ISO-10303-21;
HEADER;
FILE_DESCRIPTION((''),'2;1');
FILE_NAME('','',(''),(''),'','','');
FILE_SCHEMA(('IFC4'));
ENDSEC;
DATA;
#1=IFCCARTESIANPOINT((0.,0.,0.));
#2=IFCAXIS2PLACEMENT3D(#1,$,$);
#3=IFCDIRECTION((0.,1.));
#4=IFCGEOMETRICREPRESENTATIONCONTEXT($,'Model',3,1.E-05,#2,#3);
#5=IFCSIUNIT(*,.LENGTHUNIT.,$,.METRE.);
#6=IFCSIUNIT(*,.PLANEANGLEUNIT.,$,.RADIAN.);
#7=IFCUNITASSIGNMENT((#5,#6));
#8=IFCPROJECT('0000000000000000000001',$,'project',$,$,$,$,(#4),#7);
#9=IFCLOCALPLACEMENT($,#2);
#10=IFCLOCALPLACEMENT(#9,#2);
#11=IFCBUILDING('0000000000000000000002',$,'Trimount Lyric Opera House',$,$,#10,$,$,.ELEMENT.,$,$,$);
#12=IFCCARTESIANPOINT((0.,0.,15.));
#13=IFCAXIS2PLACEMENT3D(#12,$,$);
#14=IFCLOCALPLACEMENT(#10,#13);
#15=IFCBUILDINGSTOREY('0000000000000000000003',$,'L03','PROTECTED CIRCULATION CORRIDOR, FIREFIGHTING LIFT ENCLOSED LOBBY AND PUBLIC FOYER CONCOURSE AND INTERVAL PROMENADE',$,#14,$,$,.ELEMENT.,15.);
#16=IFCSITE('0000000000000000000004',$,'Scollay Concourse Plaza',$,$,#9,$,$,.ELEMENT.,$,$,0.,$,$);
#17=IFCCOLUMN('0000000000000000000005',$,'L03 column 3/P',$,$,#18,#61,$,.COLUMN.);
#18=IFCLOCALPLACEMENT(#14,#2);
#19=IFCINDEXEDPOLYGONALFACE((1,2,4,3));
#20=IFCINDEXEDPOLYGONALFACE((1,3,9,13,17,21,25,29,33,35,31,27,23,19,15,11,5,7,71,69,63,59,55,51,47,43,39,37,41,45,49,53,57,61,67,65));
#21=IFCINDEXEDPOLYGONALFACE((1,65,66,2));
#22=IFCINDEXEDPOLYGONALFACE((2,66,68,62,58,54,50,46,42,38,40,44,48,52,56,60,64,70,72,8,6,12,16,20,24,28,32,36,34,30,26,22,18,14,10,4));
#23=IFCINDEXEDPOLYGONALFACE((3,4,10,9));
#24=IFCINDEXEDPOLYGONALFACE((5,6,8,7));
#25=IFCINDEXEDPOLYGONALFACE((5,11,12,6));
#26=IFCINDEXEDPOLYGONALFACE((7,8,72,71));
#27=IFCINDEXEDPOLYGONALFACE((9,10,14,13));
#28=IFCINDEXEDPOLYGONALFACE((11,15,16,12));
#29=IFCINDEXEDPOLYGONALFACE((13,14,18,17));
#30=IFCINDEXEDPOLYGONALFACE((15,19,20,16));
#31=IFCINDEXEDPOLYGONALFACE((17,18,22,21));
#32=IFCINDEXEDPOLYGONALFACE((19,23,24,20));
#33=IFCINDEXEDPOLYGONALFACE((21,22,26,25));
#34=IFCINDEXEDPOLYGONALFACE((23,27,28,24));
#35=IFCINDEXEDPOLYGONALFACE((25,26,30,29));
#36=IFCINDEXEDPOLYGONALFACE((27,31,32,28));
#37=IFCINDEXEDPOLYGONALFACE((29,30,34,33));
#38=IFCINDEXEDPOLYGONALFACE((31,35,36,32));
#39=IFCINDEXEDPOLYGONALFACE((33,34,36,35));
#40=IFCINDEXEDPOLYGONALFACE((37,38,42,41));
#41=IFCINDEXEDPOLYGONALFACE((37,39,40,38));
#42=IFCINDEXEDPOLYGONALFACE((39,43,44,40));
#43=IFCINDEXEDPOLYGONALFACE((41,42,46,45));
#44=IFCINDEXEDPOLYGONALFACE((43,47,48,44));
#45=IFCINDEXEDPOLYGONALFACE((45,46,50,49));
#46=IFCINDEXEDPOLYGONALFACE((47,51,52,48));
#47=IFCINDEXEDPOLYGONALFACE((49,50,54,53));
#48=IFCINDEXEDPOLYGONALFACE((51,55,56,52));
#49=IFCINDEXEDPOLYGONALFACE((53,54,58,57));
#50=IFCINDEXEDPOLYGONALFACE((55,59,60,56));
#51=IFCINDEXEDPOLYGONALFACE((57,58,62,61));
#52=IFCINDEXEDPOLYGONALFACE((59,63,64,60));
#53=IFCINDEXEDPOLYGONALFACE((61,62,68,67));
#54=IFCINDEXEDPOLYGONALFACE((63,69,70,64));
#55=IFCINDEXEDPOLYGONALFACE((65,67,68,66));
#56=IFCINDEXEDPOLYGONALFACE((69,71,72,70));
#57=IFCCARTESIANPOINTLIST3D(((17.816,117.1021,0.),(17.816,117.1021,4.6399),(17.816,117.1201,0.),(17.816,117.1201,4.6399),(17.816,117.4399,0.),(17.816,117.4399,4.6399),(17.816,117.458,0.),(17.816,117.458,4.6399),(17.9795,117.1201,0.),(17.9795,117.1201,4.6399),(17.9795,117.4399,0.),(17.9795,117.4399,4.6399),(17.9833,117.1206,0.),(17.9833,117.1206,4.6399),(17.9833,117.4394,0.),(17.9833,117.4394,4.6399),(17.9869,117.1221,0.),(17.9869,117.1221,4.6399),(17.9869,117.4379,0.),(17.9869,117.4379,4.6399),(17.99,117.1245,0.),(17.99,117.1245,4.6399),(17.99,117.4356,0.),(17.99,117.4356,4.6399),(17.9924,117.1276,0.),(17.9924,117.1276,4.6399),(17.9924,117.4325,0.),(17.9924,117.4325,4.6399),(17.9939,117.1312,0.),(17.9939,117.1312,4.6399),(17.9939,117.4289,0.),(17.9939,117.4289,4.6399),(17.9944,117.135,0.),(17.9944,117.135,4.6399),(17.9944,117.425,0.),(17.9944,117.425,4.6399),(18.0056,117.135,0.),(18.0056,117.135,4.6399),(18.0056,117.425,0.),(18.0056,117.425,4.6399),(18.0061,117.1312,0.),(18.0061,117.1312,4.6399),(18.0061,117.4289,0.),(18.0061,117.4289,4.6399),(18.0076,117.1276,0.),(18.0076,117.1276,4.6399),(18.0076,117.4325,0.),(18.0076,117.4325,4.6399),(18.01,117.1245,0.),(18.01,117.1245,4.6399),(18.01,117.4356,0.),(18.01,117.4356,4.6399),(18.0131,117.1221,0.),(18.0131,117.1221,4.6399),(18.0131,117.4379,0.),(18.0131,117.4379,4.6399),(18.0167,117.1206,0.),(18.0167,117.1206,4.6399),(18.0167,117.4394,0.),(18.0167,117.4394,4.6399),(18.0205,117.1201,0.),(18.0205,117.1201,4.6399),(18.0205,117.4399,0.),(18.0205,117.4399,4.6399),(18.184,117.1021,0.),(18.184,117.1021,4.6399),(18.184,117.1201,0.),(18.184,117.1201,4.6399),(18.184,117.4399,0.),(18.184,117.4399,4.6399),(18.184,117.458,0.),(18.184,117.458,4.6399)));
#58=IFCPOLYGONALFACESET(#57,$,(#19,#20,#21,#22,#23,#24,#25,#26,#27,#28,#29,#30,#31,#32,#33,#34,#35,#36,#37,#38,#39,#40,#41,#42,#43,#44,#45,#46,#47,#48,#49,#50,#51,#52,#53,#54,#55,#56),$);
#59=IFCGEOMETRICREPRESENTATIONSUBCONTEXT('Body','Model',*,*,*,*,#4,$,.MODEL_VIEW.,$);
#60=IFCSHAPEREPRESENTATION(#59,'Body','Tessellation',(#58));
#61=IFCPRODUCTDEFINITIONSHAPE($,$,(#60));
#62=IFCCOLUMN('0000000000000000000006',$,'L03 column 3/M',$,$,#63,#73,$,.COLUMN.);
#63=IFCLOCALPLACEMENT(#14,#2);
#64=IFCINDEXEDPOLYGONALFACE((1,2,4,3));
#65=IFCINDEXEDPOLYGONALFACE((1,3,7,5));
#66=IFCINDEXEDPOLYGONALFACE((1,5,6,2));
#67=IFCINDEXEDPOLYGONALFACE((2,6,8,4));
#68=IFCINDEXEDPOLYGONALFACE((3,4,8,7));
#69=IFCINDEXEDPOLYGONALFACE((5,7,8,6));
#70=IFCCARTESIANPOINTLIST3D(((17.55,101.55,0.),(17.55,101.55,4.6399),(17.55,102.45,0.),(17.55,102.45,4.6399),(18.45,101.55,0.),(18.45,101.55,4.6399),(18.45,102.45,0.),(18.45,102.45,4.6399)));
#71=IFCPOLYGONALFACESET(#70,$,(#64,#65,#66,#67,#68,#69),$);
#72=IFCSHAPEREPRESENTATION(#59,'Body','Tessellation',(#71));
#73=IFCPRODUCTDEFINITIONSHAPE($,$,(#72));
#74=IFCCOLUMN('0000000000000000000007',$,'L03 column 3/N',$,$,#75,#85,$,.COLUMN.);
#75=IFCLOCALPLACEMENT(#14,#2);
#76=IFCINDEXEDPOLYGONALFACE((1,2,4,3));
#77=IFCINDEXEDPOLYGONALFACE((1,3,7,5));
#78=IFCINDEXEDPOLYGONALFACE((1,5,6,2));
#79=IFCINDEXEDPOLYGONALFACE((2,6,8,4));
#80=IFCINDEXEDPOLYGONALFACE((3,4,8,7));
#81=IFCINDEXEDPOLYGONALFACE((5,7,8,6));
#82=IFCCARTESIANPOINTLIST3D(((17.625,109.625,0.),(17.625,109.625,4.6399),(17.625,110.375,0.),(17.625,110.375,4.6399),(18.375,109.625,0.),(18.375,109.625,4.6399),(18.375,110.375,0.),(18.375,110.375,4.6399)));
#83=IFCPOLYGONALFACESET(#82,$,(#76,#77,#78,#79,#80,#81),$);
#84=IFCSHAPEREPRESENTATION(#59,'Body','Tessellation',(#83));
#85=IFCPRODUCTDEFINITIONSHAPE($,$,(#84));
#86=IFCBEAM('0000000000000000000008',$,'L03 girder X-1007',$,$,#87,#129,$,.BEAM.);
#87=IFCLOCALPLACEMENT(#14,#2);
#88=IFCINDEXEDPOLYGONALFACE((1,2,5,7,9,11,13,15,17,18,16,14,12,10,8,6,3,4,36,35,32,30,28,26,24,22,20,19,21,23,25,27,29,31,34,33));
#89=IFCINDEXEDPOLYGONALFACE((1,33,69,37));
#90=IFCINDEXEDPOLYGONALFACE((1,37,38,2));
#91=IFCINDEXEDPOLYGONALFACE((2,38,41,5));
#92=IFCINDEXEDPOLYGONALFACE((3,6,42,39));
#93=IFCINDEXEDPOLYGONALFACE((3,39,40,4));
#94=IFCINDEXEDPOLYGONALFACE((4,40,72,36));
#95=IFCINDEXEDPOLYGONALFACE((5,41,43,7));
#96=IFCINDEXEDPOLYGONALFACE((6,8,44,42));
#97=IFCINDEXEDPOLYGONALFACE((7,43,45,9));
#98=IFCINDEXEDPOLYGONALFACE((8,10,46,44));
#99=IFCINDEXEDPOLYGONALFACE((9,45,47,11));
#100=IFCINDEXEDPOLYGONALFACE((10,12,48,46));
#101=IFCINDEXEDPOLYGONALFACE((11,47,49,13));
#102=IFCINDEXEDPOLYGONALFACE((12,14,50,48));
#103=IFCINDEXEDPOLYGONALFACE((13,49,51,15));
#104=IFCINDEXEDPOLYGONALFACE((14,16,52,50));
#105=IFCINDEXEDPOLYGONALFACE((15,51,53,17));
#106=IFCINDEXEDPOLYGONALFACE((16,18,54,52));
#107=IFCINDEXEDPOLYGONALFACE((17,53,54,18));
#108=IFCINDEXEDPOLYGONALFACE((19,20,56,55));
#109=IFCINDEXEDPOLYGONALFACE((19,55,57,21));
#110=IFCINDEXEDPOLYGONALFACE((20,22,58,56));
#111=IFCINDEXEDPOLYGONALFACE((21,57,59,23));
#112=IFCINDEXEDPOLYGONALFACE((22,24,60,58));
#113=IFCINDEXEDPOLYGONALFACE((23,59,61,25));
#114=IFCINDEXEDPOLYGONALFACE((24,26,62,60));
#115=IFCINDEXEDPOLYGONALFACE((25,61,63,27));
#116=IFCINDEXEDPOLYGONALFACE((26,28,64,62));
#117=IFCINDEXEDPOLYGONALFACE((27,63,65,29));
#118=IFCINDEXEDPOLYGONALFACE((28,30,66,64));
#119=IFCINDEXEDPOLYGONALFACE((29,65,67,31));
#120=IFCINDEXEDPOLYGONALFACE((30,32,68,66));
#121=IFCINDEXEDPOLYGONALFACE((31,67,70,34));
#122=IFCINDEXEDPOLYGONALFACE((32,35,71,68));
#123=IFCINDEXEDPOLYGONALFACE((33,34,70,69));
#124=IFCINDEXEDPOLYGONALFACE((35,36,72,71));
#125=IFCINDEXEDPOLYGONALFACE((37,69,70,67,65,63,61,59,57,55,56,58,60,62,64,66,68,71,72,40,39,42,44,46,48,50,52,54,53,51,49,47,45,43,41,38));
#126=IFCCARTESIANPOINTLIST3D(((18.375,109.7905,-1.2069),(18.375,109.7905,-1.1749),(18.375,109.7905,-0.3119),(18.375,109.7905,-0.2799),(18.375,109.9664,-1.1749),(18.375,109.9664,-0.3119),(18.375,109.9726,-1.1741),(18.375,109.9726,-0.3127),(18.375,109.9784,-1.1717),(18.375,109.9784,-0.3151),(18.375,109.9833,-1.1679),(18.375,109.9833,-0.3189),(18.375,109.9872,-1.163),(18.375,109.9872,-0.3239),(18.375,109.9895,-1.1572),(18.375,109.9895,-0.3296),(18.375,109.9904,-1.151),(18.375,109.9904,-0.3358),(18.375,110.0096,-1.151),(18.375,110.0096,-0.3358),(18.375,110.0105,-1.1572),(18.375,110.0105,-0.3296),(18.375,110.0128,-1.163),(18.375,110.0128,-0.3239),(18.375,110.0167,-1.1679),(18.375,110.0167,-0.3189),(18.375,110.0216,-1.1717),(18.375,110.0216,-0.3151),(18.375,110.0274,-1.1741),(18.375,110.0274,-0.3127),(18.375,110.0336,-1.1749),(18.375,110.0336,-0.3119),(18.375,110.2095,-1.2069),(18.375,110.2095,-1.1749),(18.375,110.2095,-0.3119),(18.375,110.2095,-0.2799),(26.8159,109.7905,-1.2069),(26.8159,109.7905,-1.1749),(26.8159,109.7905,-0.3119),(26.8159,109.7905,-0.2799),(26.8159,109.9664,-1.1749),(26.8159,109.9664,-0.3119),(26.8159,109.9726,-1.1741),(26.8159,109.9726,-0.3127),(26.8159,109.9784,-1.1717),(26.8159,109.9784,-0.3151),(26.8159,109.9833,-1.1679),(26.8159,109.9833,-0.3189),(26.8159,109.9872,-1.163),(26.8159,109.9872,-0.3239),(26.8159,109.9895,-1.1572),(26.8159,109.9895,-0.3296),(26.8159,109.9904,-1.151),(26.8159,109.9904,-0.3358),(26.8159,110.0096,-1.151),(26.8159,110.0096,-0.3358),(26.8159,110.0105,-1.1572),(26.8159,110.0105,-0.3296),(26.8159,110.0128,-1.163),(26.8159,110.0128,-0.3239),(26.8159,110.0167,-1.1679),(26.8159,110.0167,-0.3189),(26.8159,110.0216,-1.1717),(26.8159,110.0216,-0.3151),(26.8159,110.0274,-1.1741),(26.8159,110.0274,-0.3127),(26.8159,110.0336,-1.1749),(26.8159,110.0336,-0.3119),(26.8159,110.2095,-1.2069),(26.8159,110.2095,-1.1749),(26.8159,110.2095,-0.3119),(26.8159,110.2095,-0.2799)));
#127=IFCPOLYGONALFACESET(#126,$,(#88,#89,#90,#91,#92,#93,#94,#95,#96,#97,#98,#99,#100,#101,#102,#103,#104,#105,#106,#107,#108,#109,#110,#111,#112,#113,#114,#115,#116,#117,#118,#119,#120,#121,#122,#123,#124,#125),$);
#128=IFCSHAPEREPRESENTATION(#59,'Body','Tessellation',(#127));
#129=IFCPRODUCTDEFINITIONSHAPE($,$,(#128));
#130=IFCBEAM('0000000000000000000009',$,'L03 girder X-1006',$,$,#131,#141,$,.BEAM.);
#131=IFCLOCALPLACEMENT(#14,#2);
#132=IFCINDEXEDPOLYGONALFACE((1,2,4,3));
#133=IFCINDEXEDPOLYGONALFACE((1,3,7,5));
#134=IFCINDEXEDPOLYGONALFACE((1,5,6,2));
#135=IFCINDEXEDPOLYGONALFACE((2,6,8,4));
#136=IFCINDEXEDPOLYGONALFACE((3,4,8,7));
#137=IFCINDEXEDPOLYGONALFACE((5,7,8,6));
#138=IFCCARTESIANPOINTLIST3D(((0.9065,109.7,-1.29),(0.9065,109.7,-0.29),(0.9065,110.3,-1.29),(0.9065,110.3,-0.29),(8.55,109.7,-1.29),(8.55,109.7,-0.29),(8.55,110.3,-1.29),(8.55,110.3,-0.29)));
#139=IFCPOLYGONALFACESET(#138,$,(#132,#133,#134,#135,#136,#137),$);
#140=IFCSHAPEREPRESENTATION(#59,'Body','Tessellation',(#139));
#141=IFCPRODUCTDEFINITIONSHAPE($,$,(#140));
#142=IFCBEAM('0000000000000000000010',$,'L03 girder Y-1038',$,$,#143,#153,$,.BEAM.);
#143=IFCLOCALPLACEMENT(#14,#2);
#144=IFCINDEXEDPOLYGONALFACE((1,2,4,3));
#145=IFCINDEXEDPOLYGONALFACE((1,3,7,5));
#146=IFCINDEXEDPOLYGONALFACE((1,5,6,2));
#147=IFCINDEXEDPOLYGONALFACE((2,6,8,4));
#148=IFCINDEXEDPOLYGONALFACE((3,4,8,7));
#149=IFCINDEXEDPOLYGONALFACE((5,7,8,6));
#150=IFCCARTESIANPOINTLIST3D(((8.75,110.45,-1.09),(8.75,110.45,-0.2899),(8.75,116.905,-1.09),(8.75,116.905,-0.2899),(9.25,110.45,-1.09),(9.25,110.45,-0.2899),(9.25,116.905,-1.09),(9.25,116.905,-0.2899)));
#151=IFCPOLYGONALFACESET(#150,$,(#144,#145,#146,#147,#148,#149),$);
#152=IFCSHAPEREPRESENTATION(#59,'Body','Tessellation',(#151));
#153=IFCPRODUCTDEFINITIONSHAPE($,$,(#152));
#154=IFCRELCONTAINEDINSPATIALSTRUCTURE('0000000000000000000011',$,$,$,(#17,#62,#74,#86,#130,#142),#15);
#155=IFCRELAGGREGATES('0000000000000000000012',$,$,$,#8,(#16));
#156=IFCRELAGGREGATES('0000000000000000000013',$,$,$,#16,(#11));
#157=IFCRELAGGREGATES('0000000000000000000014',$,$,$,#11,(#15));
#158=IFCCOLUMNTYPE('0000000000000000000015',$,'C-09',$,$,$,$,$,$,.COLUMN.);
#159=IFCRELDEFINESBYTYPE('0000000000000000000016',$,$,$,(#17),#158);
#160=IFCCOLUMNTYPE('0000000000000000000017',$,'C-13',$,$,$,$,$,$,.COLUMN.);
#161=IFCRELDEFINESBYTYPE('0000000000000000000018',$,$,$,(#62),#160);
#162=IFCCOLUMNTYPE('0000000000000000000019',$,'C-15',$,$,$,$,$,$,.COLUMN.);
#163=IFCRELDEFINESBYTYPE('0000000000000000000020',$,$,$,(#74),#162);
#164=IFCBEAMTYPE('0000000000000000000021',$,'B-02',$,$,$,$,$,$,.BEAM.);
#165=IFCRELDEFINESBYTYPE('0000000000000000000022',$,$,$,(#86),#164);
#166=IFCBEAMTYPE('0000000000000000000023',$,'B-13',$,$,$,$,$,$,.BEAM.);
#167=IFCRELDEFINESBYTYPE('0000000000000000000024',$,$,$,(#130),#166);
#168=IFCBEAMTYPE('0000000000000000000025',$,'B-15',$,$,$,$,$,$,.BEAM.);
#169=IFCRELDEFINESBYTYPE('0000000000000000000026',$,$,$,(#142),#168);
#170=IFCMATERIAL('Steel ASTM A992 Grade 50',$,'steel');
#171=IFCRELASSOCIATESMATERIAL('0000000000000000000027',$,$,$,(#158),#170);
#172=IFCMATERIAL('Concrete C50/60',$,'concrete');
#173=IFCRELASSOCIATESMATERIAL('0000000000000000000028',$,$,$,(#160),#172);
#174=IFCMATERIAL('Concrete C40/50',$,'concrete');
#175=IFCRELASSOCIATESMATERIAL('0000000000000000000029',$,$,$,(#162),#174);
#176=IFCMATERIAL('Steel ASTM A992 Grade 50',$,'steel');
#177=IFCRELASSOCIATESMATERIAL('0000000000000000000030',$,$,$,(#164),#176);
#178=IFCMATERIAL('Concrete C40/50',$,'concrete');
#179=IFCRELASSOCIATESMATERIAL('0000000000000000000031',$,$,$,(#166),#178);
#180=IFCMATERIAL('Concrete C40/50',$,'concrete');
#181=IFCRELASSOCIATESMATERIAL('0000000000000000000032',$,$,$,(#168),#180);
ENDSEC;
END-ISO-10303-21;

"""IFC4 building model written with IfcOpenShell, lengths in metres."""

from ifc_helpers import new_model, si_unit, direction, frame, origin, origin_2d, place, context, subcontext, project, spatial, rectangle, i_section, extrude, material, material_profile, profile_set, type_object, element, save


model = new_model("IFC4")

# Units and contexts
model_context = context("Model", 3, precision=1e-05, world=origin(), true_north=direction((0.0, 1.0)))
body_context = subcontext(model_context, "Body", "Model", "MODEL_VIEW")
ifc_project = project(units=[si_unit("LENGTHUNIT", "METRE"), si_unit("PLANEANGLEUNIT", "RADIAN")], contexts=[model_context])

# Site, building, storey
site_placement = place(None, origin())
site = spatial("IfcSite", under=ifc_project, at=site_placement, Name="Scollay Concourse Plaza", CompositionType="ELEMENT", RefElevation=0.0)
building_placement = place(site_placement, origin())
building = spatial("IfcBuilding", under=site, at=building_placement, Name="Trimount Lyric Opera House", CompositionType="ELEMENT")
storey_placement = place(building_placement, frame((0.0, 0.0, 15.0)))
storey = spatial("IfcBuildingStorey", under=building, at=storey_placement, Name="L03", Description="PROTECTED CIRCULATION CORRIDOR, FIREFIGHTING LIFT ENCLOSED LOBBY AND PUBLIC FOYER CONCOURSE AND INTERVAL PROMENADE", CompositionType="ELEMENT", Elevation=15.0)

# Columns
ifc_material_1 = material(Name="Steel ASTM A992 Grade 50", Category="steel")
ifc_material_profile_1 = material_profile(ifc_material_1, i_section(OverallWidth=0.3679, OverallDepth=0.356, WebThickness=0.0112, FlangeThickness=0.0181, FilletRadius=0.0149, at=origin_2d()), Name="W14X90")
ifc_profile_set_1 = profile_set([ifc_material_profile_1], Name="Steel ASTM A992 Grade 50")
column_type_1 = type_object("IfcColumnType", Name="C-09", PredefinedType="COLUMN", material=ifc_profile_set_1)
column_1_placement = place(storey_placement, frame((18.0, 117.28, 0.0), z_axis=(0.0, 0.0, 1.0), x_axis=(1.0, 0.0, 0.0)))
element("IfcColumn", 1, at=column_1_placement, inside=storey, type_object=column_type_1, Name="L03 column 3/P", PredefinedType="COLUMN", context=body_context, shape_type="SweptSolid", body=[
    extrude(i_section(OverallWidth=0.3679, OverallDepth=0.356, WebThickness=0.0112, FlangeThickness=0.0181, FilletRadius=0.0149, at=origin_2d()), origin(), (0.0, 0.0, 1.0), 4.6399),
])
ifc_material_2 = material(Name="Concrete C50/60", Category="concrete")
ifc_material_profile_2 = material_profile(ifc_material_2, rectangle(XDim=0.8999, YDim=0.8999, at=origin_2d()), Name="RC900X900")
ifc_profile_set_2 = profile_set([ifc_material_profile_2], Name="Concrete C50/60")
column_type_2 = type_object("IfcColumnType", Name="C-13", PredefinedType="COLUMN", material=ifc_profile_set_2)
column_2_placement = place(storey_placement, frame((18.0, 102.0, 0.0), z_axis=(0.0, 0.0, 1.0), x_axis=(1.0, 0.0, 0.0)))
element("IfcColumn", 2, at=column_2_placement, inside=storey, type_object=column_type_2, Name="L03 column 3/M", PredefinedType="COLUMN", context=body_context, shape_type="SweptSolid", body=[
    extrude(rectangle(XDim=0.8999, YDim=0.8999, at=origin_2d()), origin(), (0.0, 0.0, 1.0), 4.6399),
])
ifc_material_3 = material(Name="Concrete C40/50", Category="concrete")
ifc_material_profile_3 = material_profile(ifc_material_3, rectangle(XDim=0.75, YDim=0.75, at=origin_2d()), Name="RC750X750")
ifc_profile_set_3 = profile_set([ifc_material_profile_3], Name="Concrete C40/50")
column_type_3 = type_object("IfcColumnType", Name="C-15", PredefinedType="COLUMN", material=ifc_profile_set_3)
column_3_placement = place(storey_placement, frame((18.0, 110.0, 0.0), z_axis=(0.0, 0.0, 1.0), x_axis=(1.0, 0.0, 0.0)))
element("IfcColumn", 3, at=column_3_placement, inside=storey, type_object=column_type_3, Name="L03 column 3/N", PredefinedType="COLUMN", context=body_context, shape_type="SweptSolid", body=[
    extrude(rectangle(XDim=0.75, YDim=0.75, at=origin_2d()), origin(), (0.0, 0.0, 1.0), 4.6399),
])

# Beams
ifc_material_4 = material(Name="Steel ASTM A992 Grade 50", Category="steel")
ifc_material_profile_4 = material_profile(ifc_material_4, i_section(OverallWidth=0.4189, OverallDepth=0.927, WebThickness=0.0193, FlangeThickness=0.032, FilletRadius=0.0239, at=origin_2d()), Name="W36X231")
ifc_profile_set_4 = profile_set([ifc_material_profile_4], Name="Steel ASTM A992 Grade 50")
beam_type_1 = type_object("IfcBeamType", Name="B-02", PredefinedType="BEAM", material=ifc_profile_set_4)
beam_1_placement = place(storey_placement, frame((18.375, 110.0, -0.7434), z_axis=(1.0, 0.0, 0.0), x_axis=(0.0, 1.0, 0.0)))
element("IfcBeam", 4, at=beam_1_placement, inside=storey, type_object=beam_type_1, Name="L03 girder X-1007", PredefinedType="BEAM", context=body_context, shape_type="SweptSolid", body=[
    extrude(i_section(OverallWidth=0.4189, OverallDepth=0.927, WebThickness=0.0193, FlangeThickness=0.032, FilletRadius=0.0239, at=origin_2d()), origin(), (0.0, 0.0, 1.0), 8.4409),
])
ifc_material_5 = material(Name="Concrete C40/50", Category="concrete")
ifc_material_profile_5 = material_profile(ifc_material_5, rectangle(XDim=0.6001, YDim=1.0, at=origin_2d()), Name="RC600X1000")
ifc_profile_set_5 = profile_set([ifc_material_profile_5], Name="Concrete C40/50")
beam_type_2 = type_object("IfcBeamType", Name="B-13", PredefinedType="BEAM", material=ifc_profile_set_5)
beam_2_placement = place(storey_placement, frame((0.9065, 110.0, -0.79), z_axis=(1.0, 0.0, 0.0), x_axis=(0.0, 1.0, 0.0)))
element("IfcBeam", 5, at=beam_2_placement, inside=storey, type_object=beam_type_2, Name="L03 girder X-1006", PredefinedType="BEAM", context=body_context, shape_type="SweptSolid", body=[
    extrude(rectangle(XDim=0.6001, YDim=1.0, at=origin_2d()), origin(), (0.0, 0.0, 1.0), 7.6436),
])
ifc_material_6 = material(Name="Concrete C40/50", Category="concrete")
ifc_material_profile_6 = material_profile(ifc_material_6, rectangle(XDim=0.5, YDim=0.8, at=origin_2d()), Name="RC500X800")
ifc_profile_set_6 = profile_set([ifc_material_profile_6], Name="Concrete C40/50")
beam_type_3 = type_object("IfcBeamType", Name="B-15", PredefinedType="BEAM", material=ifc_profile_set_6)
beam_3_placement = place(storey_placement, frame((9.0, 110.45, -0.6899), z_axis=(0.0, 1.0, 0.0), x_axis=(-1.0, 0.0, 0.0)))
element("IfcBeam", 6, at=beam_3_placement, inside=storey, type_object=beam_type_3, Name="L03 girder Y-1038", PredefinedType="BEAM", context=body_context, shape_type="SweptSolid", body=[
    extrude(rectangle(XDim=0.5, YDim=0.8, at=origin_2d()), origin(), (0.0, 0.0, 1.0), 6.4551),
])

save(model, "model.ifc")
